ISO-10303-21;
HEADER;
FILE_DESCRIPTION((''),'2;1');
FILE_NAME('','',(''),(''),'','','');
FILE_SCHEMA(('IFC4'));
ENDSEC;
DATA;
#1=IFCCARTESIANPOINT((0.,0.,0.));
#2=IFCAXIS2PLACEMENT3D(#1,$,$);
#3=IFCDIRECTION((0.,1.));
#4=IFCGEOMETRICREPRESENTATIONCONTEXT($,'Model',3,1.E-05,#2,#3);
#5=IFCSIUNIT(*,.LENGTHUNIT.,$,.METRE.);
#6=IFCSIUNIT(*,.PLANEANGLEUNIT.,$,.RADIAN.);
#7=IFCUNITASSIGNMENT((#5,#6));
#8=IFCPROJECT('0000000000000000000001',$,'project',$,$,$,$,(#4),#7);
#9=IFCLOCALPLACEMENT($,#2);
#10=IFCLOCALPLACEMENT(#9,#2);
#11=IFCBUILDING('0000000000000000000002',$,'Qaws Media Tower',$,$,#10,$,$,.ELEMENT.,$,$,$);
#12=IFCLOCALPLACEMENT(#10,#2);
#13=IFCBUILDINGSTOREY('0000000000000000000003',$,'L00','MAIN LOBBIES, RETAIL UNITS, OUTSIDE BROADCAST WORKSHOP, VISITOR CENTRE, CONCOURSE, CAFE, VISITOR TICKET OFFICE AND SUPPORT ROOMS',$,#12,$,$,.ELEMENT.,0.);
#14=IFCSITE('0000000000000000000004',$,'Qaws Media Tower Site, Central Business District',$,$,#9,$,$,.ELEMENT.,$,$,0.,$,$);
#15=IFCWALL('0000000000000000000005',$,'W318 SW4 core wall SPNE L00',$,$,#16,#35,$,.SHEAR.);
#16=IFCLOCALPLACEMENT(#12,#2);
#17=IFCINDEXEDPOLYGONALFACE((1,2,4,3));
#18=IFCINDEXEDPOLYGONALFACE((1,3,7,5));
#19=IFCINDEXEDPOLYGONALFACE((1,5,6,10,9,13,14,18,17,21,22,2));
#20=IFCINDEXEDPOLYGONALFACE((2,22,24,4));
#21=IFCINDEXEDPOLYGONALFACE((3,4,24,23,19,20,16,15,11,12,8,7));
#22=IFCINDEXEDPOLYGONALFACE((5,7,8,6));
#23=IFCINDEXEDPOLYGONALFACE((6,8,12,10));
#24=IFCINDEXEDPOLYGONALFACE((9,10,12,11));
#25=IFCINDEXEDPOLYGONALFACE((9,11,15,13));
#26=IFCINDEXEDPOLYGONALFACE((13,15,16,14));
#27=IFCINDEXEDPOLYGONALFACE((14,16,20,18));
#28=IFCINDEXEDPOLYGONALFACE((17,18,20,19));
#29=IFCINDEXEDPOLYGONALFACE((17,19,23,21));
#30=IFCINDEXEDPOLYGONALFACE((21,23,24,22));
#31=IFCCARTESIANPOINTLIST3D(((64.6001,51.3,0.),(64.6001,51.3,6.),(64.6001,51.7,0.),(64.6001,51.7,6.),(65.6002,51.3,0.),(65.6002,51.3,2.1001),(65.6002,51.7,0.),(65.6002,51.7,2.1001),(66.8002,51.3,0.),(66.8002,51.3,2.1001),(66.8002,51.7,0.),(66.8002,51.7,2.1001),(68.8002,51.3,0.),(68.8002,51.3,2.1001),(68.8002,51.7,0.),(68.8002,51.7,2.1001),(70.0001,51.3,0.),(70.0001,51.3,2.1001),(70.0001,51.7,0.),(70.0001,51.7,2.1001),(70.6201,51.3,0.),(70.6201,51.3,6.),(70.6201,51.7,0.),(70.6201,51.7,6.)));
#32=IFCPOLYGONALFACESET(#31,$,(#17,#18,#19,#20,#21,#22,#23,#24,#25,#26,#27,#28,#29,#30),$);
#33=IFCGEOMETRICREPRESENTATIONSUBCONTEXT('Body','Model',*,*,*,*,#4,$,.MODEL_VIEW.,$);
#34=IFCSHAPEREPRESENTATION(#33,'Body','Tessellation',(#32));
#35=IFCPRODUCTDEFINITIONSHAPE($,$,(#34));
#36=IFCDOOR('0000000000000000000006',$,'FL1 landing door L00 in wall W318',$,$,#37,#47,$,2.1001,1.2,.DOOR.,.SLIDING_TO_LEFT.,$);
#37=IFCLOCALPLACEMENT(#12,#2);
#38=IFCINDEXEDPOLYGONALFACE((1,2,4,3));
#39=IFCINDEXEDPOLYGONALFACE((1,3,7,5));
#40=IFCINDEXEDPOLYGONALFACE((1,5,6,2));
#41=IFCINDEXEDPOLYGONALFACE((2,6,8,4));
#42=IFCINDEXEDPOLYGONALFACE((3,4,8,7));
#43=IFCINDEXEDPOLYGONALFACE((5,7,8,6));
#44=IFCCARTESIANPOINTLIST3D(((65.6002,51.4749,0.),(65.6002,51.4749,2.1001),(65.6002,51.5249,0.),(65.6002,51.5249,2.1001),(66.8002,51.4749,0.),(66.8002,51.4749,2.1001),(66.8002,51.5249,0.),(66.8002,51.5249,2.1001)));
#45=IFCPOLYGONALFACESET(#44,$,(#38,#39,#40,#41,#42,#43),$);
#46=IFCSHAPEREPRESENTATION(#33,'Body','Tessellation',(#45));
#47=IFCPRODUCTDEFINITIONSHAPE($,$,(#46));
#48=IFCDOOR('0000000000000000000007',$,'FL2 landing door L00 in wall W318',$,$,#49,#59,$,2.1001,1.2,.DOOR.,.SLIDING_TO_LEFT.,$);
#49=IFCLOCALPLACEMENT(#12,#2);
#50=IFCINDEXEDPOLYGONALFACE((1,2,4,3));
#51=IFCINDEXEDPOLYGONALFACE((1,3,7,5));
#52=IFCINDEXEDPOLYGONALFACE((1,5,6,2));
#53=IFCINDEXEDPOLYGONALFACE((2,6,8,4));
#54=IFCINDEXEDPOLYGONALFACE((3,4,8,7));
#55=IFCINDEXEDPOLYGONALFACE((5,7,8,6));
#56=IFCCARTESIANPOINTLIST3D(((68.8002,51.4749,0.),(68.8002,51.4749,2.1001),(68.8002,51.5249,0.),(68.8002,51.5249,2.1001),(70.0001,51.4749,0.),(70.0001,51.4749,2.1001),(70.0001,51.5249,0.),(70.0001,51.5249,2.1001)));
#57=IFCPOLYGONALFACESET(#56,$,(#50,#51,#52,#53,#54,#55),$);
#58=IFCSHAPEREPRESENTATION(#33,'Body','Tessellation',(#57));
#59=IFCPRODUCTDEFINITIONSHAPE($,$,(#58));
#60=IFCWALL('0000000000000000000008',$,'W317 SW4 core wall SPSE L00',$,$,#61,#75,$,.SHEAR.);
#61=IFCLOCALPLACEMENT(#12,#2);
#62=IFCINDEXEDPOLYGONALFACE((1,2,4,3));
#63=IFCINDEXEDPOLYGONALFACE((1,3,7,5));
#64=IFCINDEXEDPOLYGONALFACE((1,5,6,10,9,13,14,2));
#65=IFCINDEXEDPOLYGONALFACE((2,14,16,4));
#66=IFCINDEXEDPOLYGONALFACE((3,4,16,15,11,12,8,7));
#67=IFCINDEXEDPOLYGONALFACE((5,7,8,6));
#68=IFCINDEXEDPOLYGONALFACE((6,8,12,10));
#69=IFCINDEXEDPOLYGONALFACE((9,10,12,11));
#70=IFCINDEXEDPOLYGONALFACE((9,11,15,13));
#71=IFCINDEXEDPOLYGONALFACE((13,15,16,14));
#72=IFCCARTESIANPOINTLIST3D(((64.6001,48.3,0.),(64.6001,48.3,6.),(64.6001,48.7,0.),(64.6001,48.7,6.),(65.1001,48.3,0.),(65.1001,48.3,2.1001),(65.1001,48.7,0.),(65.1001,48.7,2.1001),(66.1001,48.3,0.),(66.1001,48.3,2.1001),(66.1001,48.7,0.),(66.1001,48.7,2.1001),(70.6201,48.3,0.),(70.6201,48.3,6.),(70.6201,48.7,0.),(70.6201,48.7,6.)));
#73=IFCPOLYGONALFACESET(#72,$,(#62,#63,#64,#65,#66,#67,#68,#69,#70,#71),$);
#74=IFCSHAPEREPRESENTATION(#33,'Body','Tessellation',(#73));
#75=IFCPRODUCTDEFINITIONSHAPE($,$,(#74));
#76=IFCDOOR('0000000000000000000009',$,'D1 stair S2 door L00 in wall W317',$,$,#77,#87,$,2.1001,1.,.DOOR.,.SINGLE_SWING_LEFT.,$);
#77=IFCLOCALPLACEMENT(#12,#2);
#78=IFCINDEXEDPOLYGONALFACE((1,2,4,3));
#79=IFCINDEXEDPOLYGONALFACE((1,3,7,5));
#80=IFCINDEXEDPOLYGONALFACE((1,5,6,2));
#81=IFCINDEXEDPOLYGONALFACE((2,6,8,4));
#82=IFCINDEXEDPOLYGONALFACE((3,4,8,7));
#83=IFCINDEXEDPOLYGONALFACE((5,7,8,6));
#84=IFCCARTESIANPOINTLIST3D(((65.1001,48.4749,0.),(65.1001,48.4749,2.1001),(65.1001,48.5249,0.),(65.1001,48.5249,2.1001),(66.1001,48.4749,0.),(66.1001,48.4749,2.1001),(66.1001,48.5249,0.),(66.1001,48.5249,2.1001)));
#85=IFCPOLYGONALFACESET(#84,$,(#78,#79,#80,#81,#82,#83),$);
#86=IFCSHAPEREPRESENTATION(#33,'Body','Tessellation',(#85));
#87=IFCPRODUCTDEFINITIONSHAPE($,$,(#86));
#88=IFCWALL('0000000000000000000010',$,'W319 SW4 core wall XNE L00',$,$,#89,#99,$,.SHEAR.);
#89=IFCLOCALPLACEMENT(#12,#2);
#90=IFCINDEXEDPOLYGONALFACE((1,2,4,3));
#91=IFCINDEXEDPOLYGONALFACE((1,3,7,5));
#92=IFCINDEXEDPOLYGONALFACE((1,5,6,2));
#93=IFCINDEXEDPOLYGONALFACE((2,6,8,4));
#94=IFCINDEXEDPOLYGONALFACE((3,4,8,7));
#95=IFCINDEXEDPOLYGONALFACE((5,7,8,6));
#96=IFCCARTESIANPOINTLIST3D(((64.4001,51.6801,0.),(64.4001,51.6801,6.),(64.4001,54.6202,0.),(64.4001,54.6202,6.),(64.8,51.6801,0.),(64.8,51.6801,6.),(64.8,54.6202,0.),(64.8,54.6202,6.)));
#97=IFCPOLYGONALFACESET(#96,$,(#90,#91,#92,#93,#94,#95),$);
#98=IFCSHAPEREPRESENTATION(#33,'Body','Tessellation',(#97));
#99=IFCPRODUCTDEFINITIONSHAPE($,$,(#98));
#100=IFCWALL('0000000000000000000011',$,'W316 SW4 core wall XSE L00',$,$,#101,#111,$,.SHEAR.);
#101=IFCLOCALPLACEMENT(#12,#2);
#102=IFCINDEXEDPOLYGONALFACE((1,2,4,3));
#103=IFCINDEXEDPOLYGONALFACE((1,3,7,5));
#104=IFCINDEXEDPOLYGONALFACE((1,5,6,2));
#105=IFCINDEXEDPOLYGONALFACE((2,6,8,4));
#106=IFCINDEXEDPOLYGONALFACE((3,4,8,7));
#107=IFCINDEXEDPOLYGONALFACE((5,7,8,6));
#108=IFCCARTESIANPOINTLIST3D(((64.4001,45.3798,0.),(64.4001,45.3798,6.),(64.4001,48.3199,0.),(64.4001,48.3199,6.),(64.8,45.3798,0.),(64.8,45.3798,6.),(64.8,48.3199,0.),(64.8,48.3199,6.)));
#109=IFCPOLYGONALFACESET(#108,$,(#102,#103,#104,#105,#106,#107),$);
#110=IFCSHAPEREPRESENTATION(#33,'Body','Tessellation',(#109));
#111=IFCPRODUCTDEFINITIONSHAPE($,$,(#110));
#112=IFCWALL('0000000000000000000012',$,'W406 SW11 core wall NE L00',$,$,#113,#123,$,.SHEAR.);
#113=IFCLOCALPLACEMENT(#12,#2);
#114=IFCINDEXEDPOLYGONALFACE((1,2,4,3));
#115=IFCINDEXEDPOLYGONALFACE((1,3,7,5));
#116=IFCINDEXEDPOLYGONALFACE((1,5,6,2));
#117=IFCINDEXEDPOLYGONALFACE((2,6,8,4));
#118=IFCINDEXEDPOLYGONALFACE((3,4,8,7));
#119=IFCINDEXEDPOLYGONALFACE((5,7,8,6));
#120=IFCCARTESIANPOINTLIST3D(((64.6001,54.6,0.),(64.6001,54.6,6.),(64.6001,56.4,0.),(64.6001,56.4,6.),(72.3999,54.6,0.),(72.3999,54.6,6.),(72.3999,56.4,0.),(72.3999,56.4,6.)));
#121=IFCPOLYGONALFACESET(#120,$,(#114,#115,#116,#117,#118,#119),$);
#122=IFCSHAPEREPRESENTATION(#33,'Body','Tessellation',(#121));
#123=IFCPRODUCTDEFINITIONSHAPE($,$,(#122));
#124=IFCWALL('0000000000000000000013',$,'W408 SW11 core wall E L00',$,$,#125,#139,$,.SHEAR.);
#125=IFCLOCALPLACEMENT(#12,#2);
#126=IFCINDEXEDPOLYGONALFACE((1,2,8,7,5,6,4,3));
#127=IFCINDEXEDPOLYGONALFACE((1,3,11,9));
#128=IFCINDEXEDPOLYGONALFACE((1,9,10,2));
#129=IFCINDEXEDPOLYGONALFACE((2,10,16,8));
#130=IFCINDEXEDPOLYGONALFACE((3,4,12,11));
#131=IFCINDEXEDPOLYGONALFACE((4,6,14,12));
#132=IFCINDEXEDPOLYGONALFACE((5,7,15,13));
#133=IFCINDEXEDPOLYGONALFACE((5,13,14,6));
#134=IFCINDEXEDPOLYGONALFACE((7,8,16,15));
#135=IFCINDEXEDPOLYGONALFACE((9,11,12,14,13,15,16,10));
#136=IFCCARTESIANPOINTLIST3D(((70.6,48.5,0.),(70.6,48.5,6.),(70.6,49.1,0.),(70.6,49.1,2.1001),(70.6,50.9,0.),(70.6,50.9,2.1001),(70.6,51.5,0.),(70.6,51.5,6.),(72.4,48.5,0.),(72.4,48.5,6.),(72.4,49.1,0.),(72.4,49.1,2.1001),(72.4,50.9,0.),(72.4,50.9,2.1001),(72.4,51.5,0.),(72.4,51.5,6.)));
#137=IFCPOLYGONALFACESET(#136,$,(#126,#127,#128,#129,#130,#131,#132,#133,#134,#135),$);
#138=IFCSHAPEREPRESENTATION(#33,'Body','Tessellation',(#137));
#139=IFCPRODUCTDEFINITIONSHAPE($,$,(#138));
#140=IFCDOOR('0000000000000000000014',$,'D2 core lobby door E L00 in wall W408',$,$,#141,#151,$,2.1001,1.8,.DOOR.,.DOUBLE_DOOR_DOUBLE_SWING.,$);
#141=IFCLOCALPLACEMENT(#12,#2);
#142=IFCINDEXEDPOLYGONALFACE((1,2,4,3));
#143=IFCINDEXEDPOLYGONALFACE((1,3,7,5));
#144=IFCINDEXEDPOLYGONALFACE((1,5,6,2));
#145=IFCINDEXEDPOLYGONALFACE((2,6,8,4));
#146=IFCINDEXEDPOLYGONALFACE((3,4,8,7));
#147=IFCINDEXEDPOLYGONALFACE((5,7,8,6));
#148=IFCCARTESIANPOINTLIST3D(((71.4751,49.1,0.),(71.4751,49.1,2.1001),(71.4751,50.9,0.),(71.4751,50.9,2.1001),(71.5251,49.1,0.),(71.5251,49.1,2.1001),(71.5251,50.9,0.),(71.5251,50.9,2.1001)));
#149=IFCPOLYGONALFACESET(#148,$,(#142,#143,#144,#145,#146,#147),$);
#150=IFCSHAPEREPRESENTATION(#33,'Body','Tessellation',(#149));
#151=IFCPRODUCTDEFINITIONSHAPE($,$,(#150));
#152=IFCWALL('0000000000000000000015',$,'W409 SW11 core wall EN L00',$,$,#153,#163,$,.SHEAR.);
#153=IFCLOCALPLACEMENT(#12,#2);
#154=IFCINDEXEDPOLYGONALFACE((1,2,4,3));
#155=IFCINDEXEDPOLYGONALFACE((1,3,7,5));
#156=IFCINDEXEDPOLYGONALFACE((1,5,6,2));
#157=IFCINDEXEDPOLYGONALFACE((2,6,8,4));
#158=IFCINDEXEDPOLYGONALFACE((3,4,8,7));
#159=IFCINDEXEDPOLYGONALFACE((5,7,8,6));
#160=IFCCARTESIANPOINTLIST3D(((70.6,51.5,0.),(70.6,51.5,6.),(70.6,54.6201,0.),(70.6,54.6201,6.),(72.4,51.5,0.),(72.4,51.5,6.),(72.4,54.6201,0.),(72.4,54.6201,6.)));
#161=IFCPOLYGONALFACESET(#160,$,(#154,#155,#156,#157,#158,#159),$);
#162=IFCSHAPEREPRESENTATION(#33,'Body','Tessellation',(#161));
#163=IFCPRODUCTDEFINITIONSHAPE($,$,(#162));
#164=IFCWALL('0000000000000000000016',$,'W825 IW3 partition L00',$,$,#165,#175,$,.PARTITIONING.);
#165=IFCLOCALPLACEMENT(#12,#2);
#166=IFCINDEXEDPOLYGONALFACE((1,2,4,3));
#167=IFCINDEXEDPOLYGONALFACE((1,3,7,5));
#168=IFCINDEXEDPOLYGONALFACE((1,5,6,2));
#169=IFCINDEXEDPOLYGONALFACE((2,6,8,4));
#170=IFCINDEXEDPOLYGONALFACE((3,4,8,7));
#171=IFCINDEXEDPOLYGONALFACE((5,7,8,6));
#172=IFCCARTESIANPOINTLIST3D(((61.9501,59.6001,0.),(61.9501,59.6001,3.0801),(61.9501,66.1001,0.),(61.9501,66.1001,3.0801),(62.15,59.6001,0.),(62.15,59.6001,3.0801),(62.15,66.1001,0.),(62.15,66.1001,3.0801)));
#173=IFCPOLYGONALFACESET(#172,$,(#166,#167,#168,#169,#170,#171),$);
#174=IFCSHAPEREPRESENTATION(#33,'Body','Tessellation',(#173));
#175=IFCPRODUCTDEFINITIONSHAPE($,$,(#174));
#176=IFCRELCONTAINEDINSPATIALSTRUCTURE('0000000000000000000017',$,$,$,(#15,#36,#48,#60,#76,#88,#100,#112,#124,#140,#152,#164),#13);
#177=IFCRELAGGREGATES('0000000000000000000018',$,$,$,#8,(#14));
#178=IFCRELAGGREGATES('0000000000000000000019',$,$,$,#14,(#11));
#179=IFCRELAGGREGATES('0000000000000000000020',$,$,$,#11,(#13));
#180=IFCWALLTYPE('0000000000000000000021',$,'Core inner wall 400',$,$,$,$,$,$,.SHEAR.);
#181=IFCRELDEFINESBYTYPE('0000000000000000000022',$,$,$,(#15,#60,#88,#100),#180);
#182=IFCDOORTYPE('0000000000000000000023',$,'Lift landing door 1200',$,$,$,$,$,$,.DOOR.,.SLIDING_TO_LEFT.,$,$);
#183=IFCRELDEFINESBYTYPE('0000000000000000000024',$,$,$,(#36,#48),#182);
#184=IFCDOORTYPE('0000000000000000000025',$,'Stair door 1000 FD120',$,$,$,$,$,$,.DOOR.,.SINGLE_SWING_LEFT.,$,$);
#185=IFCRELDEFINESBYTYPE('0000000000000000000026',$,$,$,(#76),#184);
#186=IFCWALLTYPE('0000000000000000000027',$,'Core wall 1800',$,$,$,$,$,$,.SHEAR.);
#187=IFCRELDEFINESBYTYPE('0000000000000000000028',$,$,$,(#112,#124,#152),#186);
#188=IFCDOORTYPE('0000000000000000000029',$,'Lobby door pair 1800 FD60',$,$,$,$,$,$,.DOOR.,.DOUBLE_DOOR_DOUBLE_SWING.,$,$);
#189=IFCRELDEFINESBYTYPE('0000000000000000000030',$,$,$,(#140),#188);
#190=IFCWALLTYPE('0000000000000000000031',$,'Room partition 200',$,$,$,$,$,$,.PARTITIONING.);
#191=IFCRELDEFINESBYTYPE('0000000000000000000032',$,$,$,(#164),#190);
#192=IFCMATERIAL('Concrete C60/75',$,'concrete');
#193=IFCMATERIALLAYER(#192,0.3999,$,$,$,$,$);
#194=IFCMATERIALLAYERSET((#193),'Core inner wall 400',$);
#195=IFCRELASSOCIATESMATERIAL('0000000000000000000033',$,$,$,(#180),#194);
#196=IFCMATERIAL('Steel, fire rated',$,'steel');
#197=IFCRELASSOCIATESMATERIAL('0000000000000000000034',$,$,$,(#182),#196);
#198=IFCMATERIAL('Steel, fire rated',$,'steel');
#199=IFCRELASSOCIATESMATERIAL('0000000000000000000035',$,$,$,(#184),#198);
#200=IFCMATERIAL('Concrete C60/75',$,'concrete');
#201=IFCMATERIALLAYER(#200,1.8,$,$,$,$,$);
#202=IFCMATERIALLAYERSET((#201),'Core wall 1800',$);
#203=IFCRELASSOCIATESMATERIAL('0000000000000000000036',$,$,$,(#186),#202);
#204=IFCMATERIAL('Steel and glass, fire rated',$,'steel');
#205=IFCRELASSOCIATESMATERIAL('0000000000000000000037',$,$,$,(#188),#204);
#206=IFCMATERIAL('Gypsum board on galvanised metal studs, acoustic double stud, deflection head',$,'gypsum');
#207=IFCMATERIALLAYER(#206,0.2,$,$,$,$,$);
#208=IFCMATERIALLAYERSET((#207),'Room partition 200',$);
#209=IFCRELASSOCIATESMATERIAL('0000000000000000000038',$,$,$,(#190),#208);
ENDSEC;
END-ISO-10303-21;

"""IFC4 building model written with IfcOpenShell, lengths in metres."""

from ifc_helpers import new_model, si_unit, direction, frame, frame_2d, origin, place, context, subcontext, project, spatial, rectangle, extrude, material, layer, layer_set, type_object, element, fill, save


model = new_model("IFC4")

# Units and contexts
model_context = context("Model", 3, precision=1e-05, world=origin(), true_north=direction((0.0, 1.0)))
body_context = subcontext(model_context, "Body", "Model", "MODEL_VIEW")
ifc_project = project(units=[si_unit("LENGTHUNIT", "METRE"), si_unit("PLANEANGLEUNIT", "RADIAN")], contexts=[model_context])

# Site, building, storey
site_placement = place(None, origin())
site = spatial("IfcSite", under=ifc_project, at=site_placement, Name="Qaws Media Tower Site, Central Business District", CompositionType="ELEMENT", RefElevation=0.0)
building_placement = place(site_placement, origin())
building = spatial("IfcBuilding", under=site, at=building_placement, Name="Qaws Media Tower", CompositionType="ELEMENT")
storey_placement = place(building_placement, origin())
storey = spatial("IfcBuildingStorey", under=building, at=storey_placement, Name="L00", Description="MAIN LOBBIES, RETAIL UNITS, OUTSIDE BROADCAST WORKSHOP, VISITOR CENTRE, CONCOURSE, CAFE, VISITOR TICKET OFFICE AND SUPPORT ROOMS", CompositionType="ELEMENT", Elevation=0.0)

# Wall, openings, doors
ifc_material_1 = material(Name="Concrete C60/75", Category="concrete")
ifc_layer_1 = layer(ifc_material_1, 0.3999)
ifc_layer_set_1 = layer_set([ifc_layer_1], Name="Core inner wall 400")
wall_type_1 = type_object("IfcWallType", Name="Core inner wall 400", PredefinedType="SHEAR", material=ifc_layer_set_1)
wall_1_placement = place(storey_placement, frame((64.6001, 51.5, 0.0), z_axis=(0.0, 0.0, 1.0), x_axis=(1.0, 0.0, 0.0)))
wall_1 = element("IfcWall", 1, at=wall_1_placement, inside=storey, type_object=wall_type_1, Name="W318 SW4 core wall SPNE L00", PredefinedType="SHEAR", context=body_context, shape_type="SweptSolid", body=[
    extrude(rectangle(XDim=6.02, YDim=0.3999, at=frame_2d((3.01, 0.0))), origin(), (0.0, 0.0, 1.0), 6.0),
])
opening_1_placement = place(wall_1_placement, frame((1.0, 0.0, 0.0)))
opening_1 = element("IfcOpeningElement", 2, at=opening_1_placement, cuts=wall_1, PredefinedType="OPENING", context=body_context, shape_type="SweptSolid", body=[
    extrude(rectangle(XDim=1.2, YDim=2.1001, at=frame_2d((0.6001, 1.05))), frame((0.0, 0.21, 0.0), z_axis=(0.0, -1.0, 0.0), x_axis=(1.0, 0.0, 0.0)), (0.0, 0.0, 1.0), 0.4199),
])
opening_2_placement = place(wall_1_placement, frame((4.2, 0.0, 0.0)))
opening_2 = element("IfcOpeningElement", 3, at=opening_2_placement, cuts=wall_1, PredefinedType="OPENING", context=body_context, shape_type="SweptSolid", body=[
    extrude(rectangle(XDim=1.2, YDim=2.1001, at=frame_2d((0.6001, 1.05))), frame((0.0, 0.21, 0.0), z_axis=(0.0, -1.0, 0.0), x_axis=(1.0, 0.0, 0.0)), (0.0, 0.0, 1.0), 0.4199),
])
ifc_material_2 = material(Name="Steel, fire rated", Category="steel")
door_type_1 = type_object("IfcDoorType", Name="Lift landing door 1200", OperationType="SLIDING_TO_LEFT", PredefinedType="DOOR", material=ifc_material_2)
door_1_placement = place(opening_1_placement, origin())
door_1 = element("IfcDoor", 4, at=door_1_placement, inside=storey, type_object=door_type_1, Name="FL1 landing door L00 in wall W318", OperationType="SLIDING_TO_LEFT", OverallHeight=2.1001, OverallWidth=1.2, PredefinedType="DOOR", context=body_context, shape_type="SweptSolid", body=[
    extrude(rectangle(XDim=1.2, YDim=2.1001, at=frame_2d((0.6001, 1.05))), frame((0.0, 0.0249, 0.0), z_axis=(0.0, -1.0, 0.0), x_axis=(1.0, 0.0, 0.0)), (0.0, 0.0, 1.0), 0.05),
])
fill(opening_1, door_1)
door_2_placement = place(opening_2_placement, origin())
door_2 = element("IfcDoor", 5, at=door_2_placement, inside=storey, type_object=door_type_1, Name="FL2 landing door L00 in wall W318", OperationType="SLIDING_TO_LEFT", OverallHeight=2.1001, OverallWidth=1.2, PredefinedType="DOOR", context=body_context, shape_type="SweptSolid", body=[
    extrude(rectangle(XDim=1.2, YDim=2.1001, at=frame_2d((0.6001, 1.05))), frame((0.0, 0.0249, 0.0), z_axis=(0.0, -1.0, 0.0), x_axis=(1.0, 0.0, 0.0)), (0.0, 0.0, 1.0), 0.05),
])
fill(opening_2, door_2)

# Wall, opening, door
wall_2_placement = place(storey_placement, frame((64.6001, 48.5, 0.0), z_axis=(0.0, 0.0, 1.0), x_axis=(1.0, 0.0, 0.0)))
wall_2 = element("IfcWall", 6, at=wall_2_placement, inside=storey, type_object=wall_type_1, Name="W317 SW4 core wall SPSE L00", PredefinedType="SHEAR", context=body_context, shape_type="SweptSolid", body=[
    extrude(rectangle(XDim=6.02, YDim=0.3999, at=frame_2d((3.01, 0.0))), origin(), (0.0, 0.0, 1.0), 6.0),
])
opening_3_placement = place(wall_2_placement, frame((0.5, 0.0, 0.0)))
opening_3 = element("IfcOpeningElement", 7, at=opening_3_placement, cuts=wall_2, PredefinedType="OPENING", context=body_context, shape_type="SweptSolid", body=[
    extrude(rectangle(XDim=1.0, YDim=2.1001, at=frame_2d((0.5, 1.05))), frame((0.0, 0.21, 0.0), z_axis=(0.0, -1.0, 0.0), x_axis=(1.0, 0.0, 0.0)), (0.0, 0.0, 1.0), 0.4199),
])
ifc_material_3 = material(Name="Steel, fire rated", Category="steel")
door_type_2 = type_object("IfcDoorType", Name="Stair door 1000 FD120", OperationType="SINGLE_SWING_LEFT", PredefinedType="DOOR", material=ifc_material_3)
door_3_placement = place(opening_3_placement, origin())
door_3 = element("IfcDoor", 8, at=door_3_placement, inside=storey, type_object=door_type_2, Name="D1 stair S2 door L00 in wall W317", OperationType="SINGLE_SWING_LEFT", OverallHeight=2.1001, OverallWidth=1.0, PredefinedType="DOOR", context=body_context, shape_type="SweptSolid", body=[
    extrude(rectangle(XDim=1.0, YDim=2.1001, at=frame_2d((0.5, 1.05))), frame((0.0, 0.0249, 0.0), z_axis=(0.0, -1.0, 0.0), x_axis=(1.0, 0.0, 0.0)), (0.0, 0.0, 1.0), 0.05),
])
fill(opening_3, door_3)

# Walls
for number, where, z_axis, x_axis, name in (
    (9, (64.6001, 51.6799, 0.0), (0.0, 0.0, 1.0), (0.0, 1.0, 0.0), "W319 SW4 core wall XNE L00"),
    (10, (64.6001, 48.3201, 0.0), (0.0, 0.0, 1.0), (0.0, -1.0, 0.0), "W316 SW4 core wall XSE L00"),
):
    element("IfcWall", number, at=place(storey_placement, frame(where, z_axis=z_axis, x_axis=x_axis)), inside=storey, type_object=wall_type_1, Name=name, PredefinedType="SHEAR", context=body_context, shape_type="SweptSolid", body=[
        extrude(rectangle(XDim=2.9402, YDim=0.3999, at=frame_2d((1.4702, 0.0))), origin(), (0.0, 0.0, 1.0), 6.0),
    ])
ifc_material_4 = material(Name="Concrete C60/75", Category="concrete")
ifc_layer_2 = layer(ifc_material_4, 1.8)
ifc_layer_set_2 = layer_set([ifc_layer_2], Name="Core wall 1800")
wall_type_2 = type_object("IfcWallType", Name="Core wall 1800", PredefinedType="SHEAR", material=ifc_layer_set_2)
wall_3_placement = place(storey_placement, frame((64.6001, 55.5, 0.0), z_axis=(0.0, 0.0, 1.0), x_axis=(1.0, 0.0, 0.0)))
element("IfcWall", 11, at=wall_3_placement, inside=storey, type_object=wall_type_2, Name="W406 SW11 core wall NE L00", PredefinedType="SHEAR", context=body_context, shape_type="SweptSolid", body=[
    extrude(rectangle(XDim=7.7998, YDim=1.8, at=frame_2d((3.8999, 0.0))), origin(), (0.0, 0.0, 1.0), 6.0),
])

# Wall, opening, door
wall_4_placement = place(storey_placement, frame((71.5, 48.5, 0.0), z_axis=(0.0, 0.0, 1.0), x_axis=(0.0, 1.0, 0.0)))
wall_4 = element("IfcWall", 12, at=wall_4_placement, inside=storey, type_object=wall_type_2, Name="W408 SW11 core wall E L00", PredefinedType="SHEAR", context=body_context, shape_type="SweptSolid", body=[
    extrude(rectangle(XDim=3.0, YDim=1.8, at=frame_2d((1.5, 0.0))), origin(), (0.0, 0.0, 1.0), 6.0),
])
opening_4_placement = place(wall_4_placement, frame((0.6001, 0.0, 0.0)))
opening_4 = element("IfcOpeningElement", 13, at=opening_4_placement, cuts=wall_4, PredefinedType="OPENING", context=body_context, shape_type="SweptSolid", body=[
    extrude(rectangle(XDim=1.8, YDim=2.1001, at=frame_2d((0.8999, 1.05))), frame((0.0, 0.9099, 0.0), z_axis=(0.0, -1.0, 0.0), x_axis=(1.0, 0.0, 0.0)), (0.0, 0.0, 1.0), 1.8201),
])
ifc_material_5 = material(Name="Steel and glass, fire rated", Category="steel")
door_type_3 = type_object("IfcDoorType", Name="Lobby door pair 1800 FD60", OperationType="DOUBLE_DOOR_DOUBLE_SWING", PredefinedType="DOOR", material=ifc_material_5)
door_4_placement = place(opening_4_placement, origin())
door_4 = element("IfcDoor", 14, at=door_4_placement, inside=storey, type_object=door_type_3, Name="D2 core lobby door E L00 in wall W408", OperationType="DOUBLE_DOOR_DOUBLE_SWING", OverallHeight=2.1001, OverallWidth=1.8, PredefinedType="DOOR", context=body_context, shape_type="SweptSolid", body=[
    extrude(rectangle(XDim=1.8, YDim=2.1001, at=frame_2d((0.8999, 1.05))), frame((0.0, 0.0249, 0.0), z_axis=(0.0, -1.0, 0.0), x_axis=(1.0, 0.0, 0.0)), (0.0, 0.0, 1.0), 0.05),
])
fill(opening_4, door_4)

# Walls
wall_5_placement = place(storey_placement, frame((71.5, 51.5, 0.0), z_axis=(0.0, 0.0, 1.0), x_axis=(0.0, 1.0, 0.0)))
element("IfcWall", 15, at=wall_5_placement, inside=storey, type_object=wall_type_2, Name="W409 SW11 core wall EN L00", PredefinedType="SHEAR", context=body_context, shape_type="SweptSolid", body=[
    extrude(rectangle(XDim=3.1201, YDim=1.8, at=frame_2d((1.5601, 0.0))), origin(), (0.0, 0.0, 1.0), 6.0),
])
ifc_material_6 = material(Name="Gypsum board on galvanised metal studs, acoustic double stud, deflection head", Category="gypsum")
ifc_layer_3 = layer(ifc_material_6, 0.2)
ifc_layer_set_3 = layer_set([ifc_layer_3], Name="Room partition 200")
wall_type_3 = type_object("IfcWallType", Name="Room partition 200", PredefinedType="PARTITIONING", material=ifc_layer_set_3)
wall_6_placement = place(storey_placement, frame((62.05, 59.6001, 0.0), z_axis=(0.0, 0.0, 1.0), x_axis=(0.0, 1.0, 0.0)))
element("IfcWall", 16, at=wall_6_placement, inside=storey, type_object=wall_type_3, Name="W825 IW3 partition L00", PredefinedType="PARTITIONING", context=body_context, shape_type="SweptSolid", body=[
    extrude(rectangle(XDim=6.5, YDim=0.2, at=frame_2d((3.25, 0.0))), origin(), (0.0, 0.0, 1.0), 3.0801),
])

save(model, "model.ifc")
